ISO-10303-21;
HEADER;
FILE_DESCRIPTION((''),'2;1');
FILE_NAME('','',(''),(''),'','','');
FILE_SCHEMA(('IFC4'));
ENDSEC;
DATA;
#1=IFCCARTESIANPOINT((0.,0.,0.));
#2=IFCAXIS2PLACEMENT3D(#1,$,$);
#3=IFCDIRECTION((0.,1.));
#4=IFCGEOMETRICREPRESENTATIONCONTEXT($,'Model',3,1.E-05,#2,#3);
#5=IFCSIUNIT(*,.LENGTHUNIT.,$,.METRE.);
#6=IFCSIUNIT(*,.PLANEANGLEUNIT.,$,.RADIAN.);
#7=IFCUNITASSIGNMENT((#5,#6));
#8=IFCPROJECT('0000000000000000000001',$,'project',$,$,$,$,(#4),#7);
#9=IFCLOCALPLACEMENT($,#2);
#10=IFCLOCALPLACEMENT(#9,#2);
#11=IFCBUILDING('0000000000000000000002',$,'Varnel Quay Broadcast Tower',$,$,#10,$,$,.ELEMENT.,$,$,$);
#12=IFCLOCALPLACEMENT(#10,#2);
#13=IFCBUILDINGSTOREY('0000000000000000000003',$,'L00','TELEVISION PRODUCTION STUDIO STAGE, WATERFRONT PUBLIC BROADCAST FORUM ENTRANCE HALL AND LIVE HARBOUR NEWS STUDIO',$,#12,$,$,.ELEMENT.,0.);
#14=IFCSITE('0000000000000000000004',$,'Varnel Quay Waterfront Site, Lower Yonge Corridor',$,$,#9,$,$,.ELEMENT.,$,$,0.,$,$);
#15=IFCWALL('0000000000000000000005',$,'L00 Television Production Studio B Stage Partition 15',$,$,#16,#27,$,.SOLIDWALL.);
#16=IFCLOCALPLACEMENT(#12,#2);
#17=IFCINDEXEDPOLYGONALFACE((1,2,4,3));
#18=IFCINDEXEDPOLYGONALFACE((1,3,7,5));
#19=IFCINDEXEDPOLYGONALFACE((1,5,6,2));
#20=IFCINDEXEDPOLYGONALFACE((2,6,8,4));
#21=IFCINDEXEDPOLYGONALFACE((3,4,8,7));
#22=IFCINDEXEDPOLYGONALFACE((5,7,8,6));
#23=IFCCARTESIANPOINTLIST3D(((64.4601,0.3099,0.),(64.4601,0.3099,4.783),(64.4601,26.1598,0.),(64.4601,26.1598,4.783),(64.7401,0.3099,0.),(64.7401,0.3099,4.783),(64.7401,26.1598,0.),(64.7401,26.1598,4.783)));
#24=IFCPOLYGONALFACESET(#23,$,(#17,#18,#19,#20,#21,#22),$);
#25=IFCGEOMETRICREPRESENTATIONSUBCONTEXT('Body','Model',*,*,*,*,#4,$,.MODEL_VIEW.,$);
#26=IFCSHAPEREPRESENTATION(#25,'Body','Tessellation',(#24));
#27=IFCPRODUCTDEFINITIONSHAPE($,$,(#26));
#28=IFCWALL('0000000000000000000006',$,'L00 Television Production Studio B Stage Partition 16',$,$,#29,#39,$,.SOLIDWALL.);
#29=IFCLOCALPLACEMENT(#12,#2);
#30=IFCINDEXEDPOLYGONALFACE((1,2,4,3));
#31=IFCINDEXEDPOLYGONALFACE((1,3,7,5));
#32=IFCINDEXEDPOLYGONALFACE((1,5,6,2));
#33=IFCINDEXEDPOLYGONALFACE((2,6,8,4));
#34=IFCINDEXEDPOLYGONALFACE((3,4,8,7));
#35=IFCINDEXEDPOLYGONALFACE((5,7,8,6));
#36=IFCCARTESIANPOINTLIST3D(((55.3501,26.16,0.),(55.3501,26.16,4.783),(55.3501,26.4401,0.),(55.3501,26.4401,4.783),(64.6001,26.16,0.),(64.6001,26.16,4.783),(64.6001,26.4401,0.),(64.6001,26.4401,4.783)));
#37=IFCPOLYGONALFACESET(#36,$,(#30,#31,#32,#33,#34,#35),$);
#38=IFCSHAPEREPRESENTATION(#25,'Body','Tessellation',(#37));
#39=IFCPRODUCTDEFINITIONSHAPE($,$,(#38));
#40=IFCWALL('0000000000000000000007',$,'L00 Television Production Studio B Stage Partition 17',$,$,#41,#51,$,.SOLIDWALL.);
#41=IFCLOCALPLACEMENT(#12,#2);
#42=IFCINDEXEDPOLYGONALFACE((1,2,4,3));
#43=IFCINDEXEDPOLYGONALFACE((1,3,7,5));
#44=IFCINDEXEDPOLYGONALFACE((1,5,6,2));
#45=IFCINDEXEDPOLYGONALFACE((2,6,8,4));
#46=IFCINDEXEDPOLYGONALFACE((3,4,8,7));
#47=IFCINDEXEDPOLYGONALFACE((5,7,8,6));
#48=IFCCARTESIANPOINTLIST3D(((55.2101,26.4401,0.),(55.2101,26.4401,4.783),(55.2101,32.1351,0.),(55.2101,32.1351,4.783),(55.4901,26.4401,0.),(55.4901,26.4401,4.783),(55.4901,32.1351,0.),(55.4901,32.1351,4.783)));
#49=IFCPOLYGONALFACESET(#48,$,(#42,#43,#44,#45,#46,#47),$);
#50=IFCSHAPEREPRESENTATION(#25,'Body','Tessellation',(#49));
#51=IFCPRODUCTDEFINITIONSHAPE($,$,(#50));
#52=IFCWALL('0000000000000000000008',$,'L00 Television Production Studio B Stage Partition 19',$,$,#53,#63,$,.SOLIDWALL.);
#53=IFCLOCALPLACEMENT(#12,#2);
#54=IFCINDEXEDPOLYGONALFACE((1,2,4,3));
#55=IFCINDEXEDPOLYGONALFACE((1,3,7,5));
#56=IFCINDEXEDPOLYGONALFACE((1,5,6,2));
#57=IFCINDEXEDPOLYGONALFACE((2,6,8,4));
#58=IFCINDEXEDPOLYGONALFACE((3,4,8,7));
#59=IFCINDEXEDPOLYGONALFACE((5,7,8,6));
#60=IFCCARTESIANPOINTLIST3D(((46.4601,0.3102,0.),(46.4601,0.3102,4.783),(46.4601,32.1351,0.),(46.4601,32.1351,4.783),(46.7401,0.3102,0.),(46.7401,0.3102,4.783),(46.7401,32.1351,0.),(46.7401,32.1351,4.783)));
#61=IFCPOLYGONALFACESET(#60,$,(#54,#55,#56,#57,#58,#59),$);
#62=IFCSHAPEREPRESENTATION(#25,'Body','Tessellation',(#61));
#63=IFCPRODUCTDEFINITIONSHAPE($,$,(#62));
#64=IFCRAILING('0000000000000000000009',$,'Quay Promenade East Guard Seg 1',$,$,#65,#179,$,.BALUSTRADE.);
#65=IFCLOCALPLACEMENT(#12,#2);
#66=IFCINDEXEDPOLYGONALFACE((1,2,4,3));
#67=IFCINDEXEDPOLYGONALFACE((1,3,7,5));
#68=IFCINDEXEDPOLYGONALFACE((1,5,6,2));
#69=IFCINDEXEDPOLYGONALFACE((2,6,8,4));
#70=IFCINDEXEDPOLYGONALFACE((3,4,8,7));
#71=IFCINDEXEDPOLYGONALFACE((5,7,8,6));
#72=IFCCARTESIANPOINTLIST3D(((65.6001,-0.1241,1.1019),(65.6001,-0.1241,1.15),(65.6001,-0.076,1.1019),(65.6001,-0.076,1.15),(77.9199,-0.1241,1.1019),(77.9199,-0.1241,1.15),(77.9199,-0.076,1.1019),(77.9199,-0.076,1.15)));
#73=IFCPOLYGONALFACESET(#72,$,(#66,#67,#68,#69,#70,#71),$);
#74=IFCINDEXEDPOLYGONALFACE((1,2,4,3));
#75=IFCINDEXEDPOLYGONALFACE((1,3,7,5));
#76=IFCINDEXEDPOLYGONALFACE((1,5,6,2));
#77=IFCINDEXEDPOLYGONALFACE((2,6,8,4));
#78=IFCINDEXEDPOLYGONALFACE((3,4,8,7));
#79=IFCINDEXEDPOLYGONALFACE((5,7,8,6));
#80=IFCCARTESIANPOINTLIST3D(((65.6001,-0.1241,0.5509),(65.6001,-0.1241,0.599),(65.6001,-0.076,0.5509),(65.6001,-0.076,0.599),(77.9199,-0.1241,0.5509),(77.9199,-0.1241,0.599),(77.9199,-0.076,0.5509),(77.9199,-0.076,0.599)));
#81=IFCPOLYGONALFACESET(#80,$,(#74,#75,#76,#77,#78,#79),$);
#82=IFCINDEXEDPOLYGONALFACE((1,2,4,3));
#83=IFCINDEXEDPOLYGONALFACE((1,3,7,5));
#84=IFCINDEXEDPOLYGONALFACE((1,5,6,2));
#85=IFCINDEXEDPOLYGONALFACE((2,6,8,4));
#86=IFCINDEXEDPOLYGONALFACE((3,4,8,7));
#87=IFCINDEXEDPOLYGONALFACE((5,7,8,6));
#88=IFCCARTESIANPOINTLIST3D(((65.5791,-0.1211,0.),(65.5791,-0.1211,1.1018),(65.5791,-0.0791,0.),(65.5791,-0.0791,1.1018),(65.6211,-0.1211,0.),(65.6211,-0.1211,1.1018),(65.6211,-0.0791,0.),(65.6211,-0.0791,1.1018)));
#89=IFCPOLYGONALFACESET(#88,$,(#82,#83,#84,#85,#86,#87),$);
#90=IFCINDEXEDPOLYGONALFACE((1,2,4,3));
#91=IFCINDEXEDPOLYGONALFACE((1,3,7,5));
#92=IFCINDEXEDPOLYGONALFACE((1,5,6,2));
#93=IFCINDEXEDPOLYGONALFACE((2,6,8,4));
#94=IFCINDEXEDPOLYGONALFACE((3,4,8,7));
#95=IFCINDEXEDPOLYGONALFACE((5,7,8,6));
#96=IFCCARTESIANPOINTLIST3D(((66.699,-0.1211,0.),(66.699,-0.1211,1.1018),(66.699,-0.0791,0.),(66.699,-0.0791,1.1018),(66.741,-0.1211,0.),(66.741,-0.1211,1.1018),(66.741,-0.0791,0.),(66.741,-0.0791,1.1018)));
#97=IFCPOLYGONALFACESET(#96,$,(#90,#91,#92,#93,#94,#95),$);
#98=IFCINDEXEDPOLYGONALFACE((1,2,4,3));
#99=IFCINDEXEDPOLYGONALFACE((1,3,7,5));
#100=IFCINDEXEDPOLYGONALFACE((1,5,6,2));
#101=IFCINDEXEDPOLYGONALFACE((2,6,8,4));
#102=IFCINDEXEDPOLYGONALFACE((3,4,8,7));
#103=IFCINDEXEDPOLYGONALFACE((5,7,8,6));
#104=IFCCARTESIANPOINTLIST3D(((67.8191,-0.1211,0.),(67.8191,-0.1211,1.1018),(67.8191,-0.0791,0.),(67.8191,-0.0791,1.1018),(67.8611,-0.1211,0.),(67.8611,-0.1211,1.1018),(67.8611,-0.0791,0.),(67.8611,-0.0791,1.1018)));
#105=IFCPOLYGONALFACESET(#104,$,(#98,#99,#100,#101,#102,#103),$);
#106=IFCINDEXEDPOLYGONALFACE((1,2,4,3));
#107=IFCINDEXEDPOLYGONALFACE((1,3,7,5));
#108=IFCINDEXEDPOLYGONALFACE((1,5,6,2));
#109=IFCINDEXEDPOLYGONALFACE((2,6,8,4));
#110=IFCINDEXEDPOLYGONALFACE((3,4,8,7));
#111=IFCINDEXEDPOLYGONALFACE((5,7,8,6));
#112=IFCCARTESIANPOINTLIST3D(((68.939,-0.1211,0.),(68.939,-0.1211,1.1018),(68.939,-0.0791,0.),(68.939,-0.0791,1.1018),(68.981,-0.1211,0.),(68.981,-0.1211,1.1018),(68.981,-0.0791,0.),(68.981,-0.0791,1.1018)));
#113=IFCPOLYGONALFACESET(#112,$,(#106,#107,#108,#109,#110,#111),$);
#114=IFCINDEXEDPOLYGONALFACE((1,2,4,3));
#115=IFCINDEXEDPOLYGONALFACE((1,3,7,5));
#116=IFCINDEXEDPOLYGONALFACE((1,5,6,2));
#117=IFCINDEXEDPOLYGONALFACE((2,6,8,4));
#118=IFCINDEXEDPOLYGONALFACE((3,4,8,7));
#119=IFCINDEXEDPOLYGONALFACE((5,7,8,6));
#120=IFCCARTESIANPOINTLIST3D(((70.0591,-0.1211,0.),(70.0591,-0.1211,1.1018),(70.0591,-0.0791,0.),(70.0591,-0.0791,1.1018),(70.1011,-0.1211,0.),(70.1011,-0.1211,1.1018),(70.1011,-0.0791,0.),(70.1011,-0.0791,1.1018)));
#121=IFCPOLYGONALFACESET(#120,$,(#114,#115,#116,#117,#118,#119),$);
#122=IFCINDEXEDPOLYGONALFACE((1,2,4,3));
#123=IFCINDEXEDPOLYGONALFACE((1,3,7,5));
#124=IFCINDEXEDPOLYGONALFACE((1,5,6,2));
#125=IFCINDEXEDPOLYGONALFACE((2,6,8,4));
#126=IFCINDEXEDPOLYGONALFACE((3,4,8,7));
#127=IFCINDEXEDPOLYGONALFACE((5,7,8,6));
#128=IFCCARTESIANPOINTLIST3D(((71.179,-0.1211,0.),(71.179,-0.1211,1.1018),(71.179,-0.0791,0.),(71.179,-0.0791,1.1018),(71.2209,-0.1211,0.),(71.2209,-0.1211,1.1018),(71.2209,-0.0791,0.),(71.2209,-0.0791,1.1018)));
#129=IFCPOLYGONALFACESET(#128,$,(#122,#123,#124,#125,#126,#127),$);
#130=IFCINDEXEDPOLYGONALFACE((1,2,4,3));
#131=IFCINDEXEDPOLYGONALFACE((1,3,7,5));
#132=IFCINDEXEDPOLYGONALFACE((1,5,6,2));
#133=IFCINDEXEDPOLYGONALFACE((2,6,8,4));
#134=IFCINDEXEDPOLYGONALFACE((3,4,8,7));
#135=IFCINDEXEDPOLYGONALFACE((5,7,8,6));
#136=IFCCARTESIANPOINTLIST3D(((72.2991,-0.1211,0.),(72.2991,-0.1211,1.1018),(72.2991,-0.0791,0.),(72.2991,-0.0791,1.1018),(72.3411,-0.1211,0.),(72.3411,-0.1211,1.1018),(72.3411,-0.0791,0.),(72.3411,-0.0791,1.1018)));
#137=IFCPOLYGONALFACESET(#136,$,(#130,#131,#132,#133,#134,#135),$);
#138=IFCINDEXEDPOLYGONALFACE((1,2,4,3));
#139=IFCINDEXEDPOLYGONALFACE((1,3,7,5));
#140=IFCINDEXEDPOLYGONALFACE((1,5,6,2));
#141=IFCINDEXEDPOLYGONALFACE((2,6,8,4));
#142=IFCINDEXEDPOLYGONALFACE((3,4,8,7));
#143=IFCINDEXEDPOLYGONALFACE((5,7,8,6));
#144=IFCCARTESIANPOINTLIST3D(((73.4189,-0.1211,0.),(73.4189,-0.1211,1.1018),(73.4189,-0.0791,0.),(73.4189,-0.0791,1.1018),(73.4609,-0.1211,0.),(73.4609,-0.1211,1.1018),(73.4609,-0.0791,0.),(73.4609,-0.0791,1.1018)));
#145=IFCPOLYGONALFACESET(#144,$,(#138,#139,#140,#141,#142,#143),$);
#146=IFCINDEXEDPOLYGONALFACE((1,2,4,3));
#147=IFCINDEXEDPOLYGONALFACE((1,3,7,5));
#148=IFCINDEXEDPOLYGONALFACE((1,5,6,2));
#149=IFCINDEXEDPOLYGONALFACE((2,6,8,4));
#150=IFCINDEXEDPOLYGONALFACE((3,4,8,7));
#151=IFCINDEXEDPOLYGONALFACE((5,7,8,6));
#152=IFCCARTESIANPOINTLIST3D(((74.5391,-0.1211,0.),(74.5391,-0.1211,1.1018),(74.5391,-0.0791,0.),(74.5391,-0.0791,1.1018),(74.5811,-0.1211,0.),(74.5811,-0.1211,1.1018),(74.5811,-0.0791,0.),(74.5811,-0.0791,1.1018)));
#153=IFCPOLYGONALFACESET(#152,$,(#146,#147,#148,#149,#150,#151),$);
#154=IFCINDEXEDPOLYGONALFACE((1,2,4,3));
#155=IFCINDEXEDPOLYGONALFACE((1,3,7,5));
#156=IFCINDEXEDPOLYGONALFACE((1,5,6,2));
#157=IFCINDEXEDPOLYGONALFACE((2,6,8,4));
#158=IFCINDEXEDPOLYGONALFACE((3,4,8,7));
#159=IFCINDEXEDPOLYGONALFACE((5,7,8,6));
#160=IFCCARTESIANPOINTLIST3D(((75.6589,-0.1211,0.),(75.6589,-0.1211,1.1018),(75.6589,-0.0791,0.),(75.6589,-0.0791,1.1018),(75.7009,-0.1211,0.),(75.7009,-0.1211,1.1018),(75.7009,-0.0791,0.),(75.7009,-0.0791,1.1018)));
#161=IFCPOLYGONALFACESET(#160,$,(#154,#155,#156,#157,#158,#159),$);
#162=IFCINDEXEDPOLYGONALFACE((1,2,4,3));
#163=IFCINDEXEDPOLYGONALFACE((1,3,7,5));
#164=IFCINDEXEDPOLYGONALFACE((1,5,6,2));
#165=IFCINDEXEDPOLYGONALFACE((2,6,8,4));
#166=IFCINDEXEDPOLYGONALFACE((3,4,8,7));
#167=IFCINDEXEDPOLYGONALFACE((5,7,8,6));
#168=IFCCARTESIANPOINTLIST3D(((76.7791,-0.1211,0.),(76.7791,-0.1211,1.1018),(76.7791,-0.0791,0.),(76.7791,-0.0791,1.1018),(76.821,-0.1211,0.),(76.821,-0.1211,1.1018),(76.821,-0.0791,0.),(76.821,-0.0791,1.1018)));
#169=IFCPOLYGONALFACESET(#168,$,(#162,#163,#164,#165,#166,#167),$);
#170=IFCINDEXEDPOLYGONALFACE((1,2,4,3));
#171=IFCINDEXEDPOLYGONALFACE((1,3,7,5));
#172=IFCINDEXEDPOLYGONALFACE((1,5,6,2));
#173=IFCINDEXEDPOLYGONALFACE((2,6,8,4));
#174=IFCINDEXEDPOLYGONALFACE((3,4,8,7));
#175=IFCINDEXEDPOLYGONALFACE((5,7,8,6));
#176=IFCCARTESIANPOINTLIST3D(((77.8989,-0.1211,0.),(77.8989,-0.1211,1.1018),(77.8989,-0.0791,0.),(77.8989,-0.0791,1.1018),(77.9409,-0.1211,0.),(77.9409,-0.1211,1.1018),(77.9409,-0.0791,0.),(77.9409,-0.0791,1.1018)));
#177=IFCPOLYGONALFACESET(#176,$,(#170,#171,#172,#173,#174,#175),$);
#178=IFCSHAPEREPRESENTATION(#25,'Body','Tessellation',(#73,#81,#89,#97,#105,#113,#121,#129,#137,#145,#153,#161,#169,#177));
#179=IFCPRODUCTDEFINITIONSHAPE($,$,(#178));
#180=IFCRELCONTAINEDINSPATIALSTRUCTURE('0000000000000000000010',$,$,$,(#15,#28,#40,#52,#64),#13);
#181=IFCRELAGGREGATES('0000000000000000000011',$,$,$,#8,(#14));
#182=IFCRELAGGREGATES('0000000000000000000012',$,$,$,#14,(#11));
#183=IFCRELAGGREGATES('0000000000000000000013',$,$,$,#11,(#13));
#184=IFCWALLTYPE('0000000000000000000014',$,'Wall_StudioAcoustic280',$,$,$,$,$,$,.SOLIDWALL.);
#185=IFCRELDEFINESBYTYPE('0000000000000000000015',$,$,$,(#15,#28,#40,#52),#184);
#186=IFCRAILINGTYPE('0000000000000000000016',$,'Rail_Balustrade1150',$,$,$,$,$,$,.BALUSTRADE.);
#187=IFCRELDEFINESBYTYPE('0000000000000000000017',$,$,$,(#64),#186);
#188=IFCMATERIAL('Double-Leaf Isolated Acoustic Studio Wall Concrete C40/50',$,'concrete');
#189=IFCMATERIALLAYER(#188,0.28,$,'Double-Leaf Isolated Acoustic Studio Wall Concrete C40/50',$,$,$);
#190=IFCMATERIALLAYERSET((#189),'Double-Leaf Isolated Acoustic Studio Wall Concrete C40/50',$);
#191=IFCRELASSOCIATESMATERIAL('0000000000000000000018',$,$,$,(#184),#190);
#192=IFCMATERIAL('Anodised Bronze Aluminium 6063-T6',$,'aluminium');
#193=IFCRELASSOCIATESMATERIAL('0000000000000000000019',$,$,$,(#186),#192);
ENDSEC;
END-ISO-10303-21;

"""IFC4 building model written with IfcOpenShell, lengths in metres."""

from ifc_helpers import new_model, si_unit, direction, frame, frame_2d, origin, origin_2d, place, context, subcontext, project, spatial, rectangle, extrude, material, layer, layer_set, type_object, element, save


model = new_model("IFC4")

# Units and contexts
model_context = context("Model", 3, precision=1e-05, world=origin(), true_north=direction((0.0, 1.0)))
body_context = subcontext(model_context, "Body", "Model", "MODEL_VIEW")
ifc_project = project(units=[si_unit("LENGTHUNIT", "METRE"), si_unit("PLANEANGLEUNIT", "RADIAN")], contexts=[model_context])

# Site, building, storey
site_placement = place(None, origin())
site = spatial("IfcSite", under=ifc_project, at=site_placement, Name="Varnel Quay Waterfront Site, Lower Yonge Corridor", CompositionType="ELEMENT", RefElevation=0.0)
building_placement = place(site_placement, origin())
building = spatial("IfcBuilding", under=site, at=building_placement, Name="Varnel Quay Broadcast Tower", CompositionType="ELEMENT")
storey_placement = place(building_placement, origin())
storey = spatial("IfcBuildingStorey", under=building, at=storey_placement, Name="L00", Description="TELEVISION PRODUCTION STUDIO STAGE, WATERFRONT PUBLIC BROADCAST FORUM ENTRANCE HALL AND LIVE HARBOUR NEWS STUDIO", CompositionType="ELEMENT", Elevation=0.0)

# Shared definitions
ifc_material_1 = material(Name="Anodised Bronze Aluminium 6063-T6", Category="aluminium")

# Walls
ifc_material_2 = material(Name="Double-Leaf Isolated Acoustic Studio Wall Concrete C40/50", Category="concrete")
ifc_layer_1 = layer(ifc_material_2, 0.28, Name="Double-Leaf Isolated Acoustic Studio Wall Concrete C40/50")
ifc_layer_set_1 = layer_set([ifc_layer_1], Name="Double-Leaf Isolated Acoustic Studio Wall Concrete C40/50")
wall_type_1 = type_object("IfcWallType", Name="Wall_StudioAcoustic280", PredefinedType="SOLIDWALL", material=ifc_layer_set_1)
wall_1_placement = place(storey_placement, frame((64.6001, 0.3101, 0.0), z_axis=(0.0, 0.0, 1.0), x_axis=(0.0, 1.0, 0.0)))
element("IfcWall", 1, at=wall_1_placement, inside=storey, type_object=wall_type_1, Name="L00 Television Production Studio B Stage Partition 15", PredefinedType="SOLIDWALL", context=body_context, shape_type="SweptSolid", body=[
    extrude(rectangle(XDim=25.8499, YDim=0.28, at=frame_2d((12.9248, 0.0))), origin(), (0.0, 0.0, 1.0), 4.783),
])
wall_2_placement = place(storey_placement, frame((55.3501, 26.3, 0.0), z_axis=(0.0, 0.0, 1.0), x_axis=(1.0, 0.0, 0.0)))
element("IfcWall", 2, at=wall_2_placement, inside=storey, type_object=wall_type_1, Name="L00 Television Production Studio B Stage Partition 16", PredefinedType="SOLIDWALL", context=body_context, shape_type="SweptSolid", body=[
    extrude(rectangle(XDim=9.25, YDim=0.28, at=frame_2d((4.625, 0.0))), origin(), (0.0, 0.0, 1.0), 4.783),
])
wall_3_placement = place(storey_placement, frame((55.3501, 26.4399, 0.0), z_axis=(0.0, 0.0, 1.0), x_axis=(0.0, 1.0, 0.0)))
element("IfcWall", 3, at=wall_3_placement, inside=storey, type_object=wall_type_1, Name="L00 Television Production Studio B Stage Partition 17", PredefinedType="SOLIDWALL", context=body_context, shape_type="SweptSolid", body=[
    extrude(rectangle(XDim=5.6951, YDim=0.28, at=frame_2d((2.8477, 0.0))), origin(), (0.0, 0.0, 1.0), 4.783),
])
wall_4_placement = place(storey_placement, frame((46.6001, 0.3101, 0.0), z_axis=(0.0, 0.0, 1.0), x_axis=(0.0, 1.0, 0.0)))
element("IfcWall", 4, at=wall_4_placement, inside=storey, type_object=wall_type_1, Name="L00 Television Production Studio B Stage Partition 19", PredefinedType="SOLIDWALL", context=body_context, shape_type="SweptSolid", body=[
    extrude(rectangle(XDim=31.825, YDim=0.28, at=frame_2d((15.9126, 0.0))), origin(), (0.0, 0.0, 1.0), 4.783),
])

# Railing
railing_type = type_object("IfcRailingType", Name="Rail_Balustrade1150", PredefinedType="BALUSTRADE", material=ifc_material_1)
railing_1_placement = place(storey_placement, frame((65.6001, -0.1001, 0.0)))
element("IfcRailing", 5, at=railing_1_placement, inside=storey, type_object=railing_type, Name="Quay Promenade East Guard Seg 1", PredefinedType="BALUSTRADE", context=body_context, shape_type="SweptSolid", body=[
    extrude(rectangle(XDim=0.0481, YDim=0.0481, at=origin_2d()), frame((0.0, 0.0, 1.126), z_axis=(1.0, 0.0, 0.0), x_axis=(0.0, 1.0, 0.0)), (0.0, 0.0, 1.0), 12.3198),
    extrude(rectangle(XDim=0.0481, YDim=0.0481, at=origin_2d()), frame((0.0, 0.0, 0.575), z_axis=(1.0, 0.0, 0.0), x_axis=(0.0, 1.0, 0.0)), (0.0, 0.0, 1.0), 12.3198),
    extrude(rectangle(XDim=0.042, YDim=0.042, at=origin_2d()), origin(), (0.0, 0.0, 1.0), 1.1018),
    extrude(rectangle(XDim=0.042, YDim=0.042, at=origin_2d()), frame((1.1199, 0.0, 0.0)), (0.0, 0.0, 1.0), 1.1018),
    extrude(rectangle(XDim=0.042, YDim=0.042, at=origin_2d()), frame((2.24, 0.0, 0.0)), (0.0, 0.0, 1.0), 1.1018),
    extrude(rectangle(XDim=0.042, YDim=0.042, at=origin_2d()), frame((3.3599, 0.0, 0.0)), (0.0, 0.0, 1.0), 1.1018),
    extrude(rectangle(XDim=0.042, YDim=0.042, at=origin_2d()), frame((4.48, 0.0, 0.0)), (0.0, 0.0, 1.0), 1.1018),
    extrude(rectangle(XDim=0.042, YDim=0.042, at=origin_2d()), frame((5.5999, 0.0, 0.0)), (0.0, 0.0, 1.0), 1.1018),
    extrude(rectangle(XDim=0.042, YDim=0.042, at=origin_2d()), frame((6.72, 0.0, 0.0)), (0.0, 0.0, 1.0), 1.1018),
    extrude(rectangle(XDim=0.042, YDim=0.042, at=origin_2d()), frame((7.8398, 0.0, 0.0)), (0.0, 0.0, 1.0), 1.1018),
    extrude(rectangle(XDim=0.042, YDim=0.042, at=origin_2d()), frame((8.96, 0.0, 0.0)), (0.0, 0.0, 1.0), 1.1018),
    extrude(rectangle(XDim=0.042, YDim=0.042, at=origin_2d()), frame((10.0798, 0.0, 0.0)), (0.0, 0.0, 1.0), 1.1018),
    extrude(rectangle(XDim=0.042, YDim=0.042, at=origin_2d()), frame((11.2, 0.0, 0.0)), (0.0, 0.0, 1.0), 1.1018),
    extrude(rectangle(XDim=0.042, YDim=0.042, at=origin_2d()), frame((12.3198, 0.0, 0.0)), (0.0, 0.0, 1.0), 1.1018),
])

save(model, "model.ifc")
